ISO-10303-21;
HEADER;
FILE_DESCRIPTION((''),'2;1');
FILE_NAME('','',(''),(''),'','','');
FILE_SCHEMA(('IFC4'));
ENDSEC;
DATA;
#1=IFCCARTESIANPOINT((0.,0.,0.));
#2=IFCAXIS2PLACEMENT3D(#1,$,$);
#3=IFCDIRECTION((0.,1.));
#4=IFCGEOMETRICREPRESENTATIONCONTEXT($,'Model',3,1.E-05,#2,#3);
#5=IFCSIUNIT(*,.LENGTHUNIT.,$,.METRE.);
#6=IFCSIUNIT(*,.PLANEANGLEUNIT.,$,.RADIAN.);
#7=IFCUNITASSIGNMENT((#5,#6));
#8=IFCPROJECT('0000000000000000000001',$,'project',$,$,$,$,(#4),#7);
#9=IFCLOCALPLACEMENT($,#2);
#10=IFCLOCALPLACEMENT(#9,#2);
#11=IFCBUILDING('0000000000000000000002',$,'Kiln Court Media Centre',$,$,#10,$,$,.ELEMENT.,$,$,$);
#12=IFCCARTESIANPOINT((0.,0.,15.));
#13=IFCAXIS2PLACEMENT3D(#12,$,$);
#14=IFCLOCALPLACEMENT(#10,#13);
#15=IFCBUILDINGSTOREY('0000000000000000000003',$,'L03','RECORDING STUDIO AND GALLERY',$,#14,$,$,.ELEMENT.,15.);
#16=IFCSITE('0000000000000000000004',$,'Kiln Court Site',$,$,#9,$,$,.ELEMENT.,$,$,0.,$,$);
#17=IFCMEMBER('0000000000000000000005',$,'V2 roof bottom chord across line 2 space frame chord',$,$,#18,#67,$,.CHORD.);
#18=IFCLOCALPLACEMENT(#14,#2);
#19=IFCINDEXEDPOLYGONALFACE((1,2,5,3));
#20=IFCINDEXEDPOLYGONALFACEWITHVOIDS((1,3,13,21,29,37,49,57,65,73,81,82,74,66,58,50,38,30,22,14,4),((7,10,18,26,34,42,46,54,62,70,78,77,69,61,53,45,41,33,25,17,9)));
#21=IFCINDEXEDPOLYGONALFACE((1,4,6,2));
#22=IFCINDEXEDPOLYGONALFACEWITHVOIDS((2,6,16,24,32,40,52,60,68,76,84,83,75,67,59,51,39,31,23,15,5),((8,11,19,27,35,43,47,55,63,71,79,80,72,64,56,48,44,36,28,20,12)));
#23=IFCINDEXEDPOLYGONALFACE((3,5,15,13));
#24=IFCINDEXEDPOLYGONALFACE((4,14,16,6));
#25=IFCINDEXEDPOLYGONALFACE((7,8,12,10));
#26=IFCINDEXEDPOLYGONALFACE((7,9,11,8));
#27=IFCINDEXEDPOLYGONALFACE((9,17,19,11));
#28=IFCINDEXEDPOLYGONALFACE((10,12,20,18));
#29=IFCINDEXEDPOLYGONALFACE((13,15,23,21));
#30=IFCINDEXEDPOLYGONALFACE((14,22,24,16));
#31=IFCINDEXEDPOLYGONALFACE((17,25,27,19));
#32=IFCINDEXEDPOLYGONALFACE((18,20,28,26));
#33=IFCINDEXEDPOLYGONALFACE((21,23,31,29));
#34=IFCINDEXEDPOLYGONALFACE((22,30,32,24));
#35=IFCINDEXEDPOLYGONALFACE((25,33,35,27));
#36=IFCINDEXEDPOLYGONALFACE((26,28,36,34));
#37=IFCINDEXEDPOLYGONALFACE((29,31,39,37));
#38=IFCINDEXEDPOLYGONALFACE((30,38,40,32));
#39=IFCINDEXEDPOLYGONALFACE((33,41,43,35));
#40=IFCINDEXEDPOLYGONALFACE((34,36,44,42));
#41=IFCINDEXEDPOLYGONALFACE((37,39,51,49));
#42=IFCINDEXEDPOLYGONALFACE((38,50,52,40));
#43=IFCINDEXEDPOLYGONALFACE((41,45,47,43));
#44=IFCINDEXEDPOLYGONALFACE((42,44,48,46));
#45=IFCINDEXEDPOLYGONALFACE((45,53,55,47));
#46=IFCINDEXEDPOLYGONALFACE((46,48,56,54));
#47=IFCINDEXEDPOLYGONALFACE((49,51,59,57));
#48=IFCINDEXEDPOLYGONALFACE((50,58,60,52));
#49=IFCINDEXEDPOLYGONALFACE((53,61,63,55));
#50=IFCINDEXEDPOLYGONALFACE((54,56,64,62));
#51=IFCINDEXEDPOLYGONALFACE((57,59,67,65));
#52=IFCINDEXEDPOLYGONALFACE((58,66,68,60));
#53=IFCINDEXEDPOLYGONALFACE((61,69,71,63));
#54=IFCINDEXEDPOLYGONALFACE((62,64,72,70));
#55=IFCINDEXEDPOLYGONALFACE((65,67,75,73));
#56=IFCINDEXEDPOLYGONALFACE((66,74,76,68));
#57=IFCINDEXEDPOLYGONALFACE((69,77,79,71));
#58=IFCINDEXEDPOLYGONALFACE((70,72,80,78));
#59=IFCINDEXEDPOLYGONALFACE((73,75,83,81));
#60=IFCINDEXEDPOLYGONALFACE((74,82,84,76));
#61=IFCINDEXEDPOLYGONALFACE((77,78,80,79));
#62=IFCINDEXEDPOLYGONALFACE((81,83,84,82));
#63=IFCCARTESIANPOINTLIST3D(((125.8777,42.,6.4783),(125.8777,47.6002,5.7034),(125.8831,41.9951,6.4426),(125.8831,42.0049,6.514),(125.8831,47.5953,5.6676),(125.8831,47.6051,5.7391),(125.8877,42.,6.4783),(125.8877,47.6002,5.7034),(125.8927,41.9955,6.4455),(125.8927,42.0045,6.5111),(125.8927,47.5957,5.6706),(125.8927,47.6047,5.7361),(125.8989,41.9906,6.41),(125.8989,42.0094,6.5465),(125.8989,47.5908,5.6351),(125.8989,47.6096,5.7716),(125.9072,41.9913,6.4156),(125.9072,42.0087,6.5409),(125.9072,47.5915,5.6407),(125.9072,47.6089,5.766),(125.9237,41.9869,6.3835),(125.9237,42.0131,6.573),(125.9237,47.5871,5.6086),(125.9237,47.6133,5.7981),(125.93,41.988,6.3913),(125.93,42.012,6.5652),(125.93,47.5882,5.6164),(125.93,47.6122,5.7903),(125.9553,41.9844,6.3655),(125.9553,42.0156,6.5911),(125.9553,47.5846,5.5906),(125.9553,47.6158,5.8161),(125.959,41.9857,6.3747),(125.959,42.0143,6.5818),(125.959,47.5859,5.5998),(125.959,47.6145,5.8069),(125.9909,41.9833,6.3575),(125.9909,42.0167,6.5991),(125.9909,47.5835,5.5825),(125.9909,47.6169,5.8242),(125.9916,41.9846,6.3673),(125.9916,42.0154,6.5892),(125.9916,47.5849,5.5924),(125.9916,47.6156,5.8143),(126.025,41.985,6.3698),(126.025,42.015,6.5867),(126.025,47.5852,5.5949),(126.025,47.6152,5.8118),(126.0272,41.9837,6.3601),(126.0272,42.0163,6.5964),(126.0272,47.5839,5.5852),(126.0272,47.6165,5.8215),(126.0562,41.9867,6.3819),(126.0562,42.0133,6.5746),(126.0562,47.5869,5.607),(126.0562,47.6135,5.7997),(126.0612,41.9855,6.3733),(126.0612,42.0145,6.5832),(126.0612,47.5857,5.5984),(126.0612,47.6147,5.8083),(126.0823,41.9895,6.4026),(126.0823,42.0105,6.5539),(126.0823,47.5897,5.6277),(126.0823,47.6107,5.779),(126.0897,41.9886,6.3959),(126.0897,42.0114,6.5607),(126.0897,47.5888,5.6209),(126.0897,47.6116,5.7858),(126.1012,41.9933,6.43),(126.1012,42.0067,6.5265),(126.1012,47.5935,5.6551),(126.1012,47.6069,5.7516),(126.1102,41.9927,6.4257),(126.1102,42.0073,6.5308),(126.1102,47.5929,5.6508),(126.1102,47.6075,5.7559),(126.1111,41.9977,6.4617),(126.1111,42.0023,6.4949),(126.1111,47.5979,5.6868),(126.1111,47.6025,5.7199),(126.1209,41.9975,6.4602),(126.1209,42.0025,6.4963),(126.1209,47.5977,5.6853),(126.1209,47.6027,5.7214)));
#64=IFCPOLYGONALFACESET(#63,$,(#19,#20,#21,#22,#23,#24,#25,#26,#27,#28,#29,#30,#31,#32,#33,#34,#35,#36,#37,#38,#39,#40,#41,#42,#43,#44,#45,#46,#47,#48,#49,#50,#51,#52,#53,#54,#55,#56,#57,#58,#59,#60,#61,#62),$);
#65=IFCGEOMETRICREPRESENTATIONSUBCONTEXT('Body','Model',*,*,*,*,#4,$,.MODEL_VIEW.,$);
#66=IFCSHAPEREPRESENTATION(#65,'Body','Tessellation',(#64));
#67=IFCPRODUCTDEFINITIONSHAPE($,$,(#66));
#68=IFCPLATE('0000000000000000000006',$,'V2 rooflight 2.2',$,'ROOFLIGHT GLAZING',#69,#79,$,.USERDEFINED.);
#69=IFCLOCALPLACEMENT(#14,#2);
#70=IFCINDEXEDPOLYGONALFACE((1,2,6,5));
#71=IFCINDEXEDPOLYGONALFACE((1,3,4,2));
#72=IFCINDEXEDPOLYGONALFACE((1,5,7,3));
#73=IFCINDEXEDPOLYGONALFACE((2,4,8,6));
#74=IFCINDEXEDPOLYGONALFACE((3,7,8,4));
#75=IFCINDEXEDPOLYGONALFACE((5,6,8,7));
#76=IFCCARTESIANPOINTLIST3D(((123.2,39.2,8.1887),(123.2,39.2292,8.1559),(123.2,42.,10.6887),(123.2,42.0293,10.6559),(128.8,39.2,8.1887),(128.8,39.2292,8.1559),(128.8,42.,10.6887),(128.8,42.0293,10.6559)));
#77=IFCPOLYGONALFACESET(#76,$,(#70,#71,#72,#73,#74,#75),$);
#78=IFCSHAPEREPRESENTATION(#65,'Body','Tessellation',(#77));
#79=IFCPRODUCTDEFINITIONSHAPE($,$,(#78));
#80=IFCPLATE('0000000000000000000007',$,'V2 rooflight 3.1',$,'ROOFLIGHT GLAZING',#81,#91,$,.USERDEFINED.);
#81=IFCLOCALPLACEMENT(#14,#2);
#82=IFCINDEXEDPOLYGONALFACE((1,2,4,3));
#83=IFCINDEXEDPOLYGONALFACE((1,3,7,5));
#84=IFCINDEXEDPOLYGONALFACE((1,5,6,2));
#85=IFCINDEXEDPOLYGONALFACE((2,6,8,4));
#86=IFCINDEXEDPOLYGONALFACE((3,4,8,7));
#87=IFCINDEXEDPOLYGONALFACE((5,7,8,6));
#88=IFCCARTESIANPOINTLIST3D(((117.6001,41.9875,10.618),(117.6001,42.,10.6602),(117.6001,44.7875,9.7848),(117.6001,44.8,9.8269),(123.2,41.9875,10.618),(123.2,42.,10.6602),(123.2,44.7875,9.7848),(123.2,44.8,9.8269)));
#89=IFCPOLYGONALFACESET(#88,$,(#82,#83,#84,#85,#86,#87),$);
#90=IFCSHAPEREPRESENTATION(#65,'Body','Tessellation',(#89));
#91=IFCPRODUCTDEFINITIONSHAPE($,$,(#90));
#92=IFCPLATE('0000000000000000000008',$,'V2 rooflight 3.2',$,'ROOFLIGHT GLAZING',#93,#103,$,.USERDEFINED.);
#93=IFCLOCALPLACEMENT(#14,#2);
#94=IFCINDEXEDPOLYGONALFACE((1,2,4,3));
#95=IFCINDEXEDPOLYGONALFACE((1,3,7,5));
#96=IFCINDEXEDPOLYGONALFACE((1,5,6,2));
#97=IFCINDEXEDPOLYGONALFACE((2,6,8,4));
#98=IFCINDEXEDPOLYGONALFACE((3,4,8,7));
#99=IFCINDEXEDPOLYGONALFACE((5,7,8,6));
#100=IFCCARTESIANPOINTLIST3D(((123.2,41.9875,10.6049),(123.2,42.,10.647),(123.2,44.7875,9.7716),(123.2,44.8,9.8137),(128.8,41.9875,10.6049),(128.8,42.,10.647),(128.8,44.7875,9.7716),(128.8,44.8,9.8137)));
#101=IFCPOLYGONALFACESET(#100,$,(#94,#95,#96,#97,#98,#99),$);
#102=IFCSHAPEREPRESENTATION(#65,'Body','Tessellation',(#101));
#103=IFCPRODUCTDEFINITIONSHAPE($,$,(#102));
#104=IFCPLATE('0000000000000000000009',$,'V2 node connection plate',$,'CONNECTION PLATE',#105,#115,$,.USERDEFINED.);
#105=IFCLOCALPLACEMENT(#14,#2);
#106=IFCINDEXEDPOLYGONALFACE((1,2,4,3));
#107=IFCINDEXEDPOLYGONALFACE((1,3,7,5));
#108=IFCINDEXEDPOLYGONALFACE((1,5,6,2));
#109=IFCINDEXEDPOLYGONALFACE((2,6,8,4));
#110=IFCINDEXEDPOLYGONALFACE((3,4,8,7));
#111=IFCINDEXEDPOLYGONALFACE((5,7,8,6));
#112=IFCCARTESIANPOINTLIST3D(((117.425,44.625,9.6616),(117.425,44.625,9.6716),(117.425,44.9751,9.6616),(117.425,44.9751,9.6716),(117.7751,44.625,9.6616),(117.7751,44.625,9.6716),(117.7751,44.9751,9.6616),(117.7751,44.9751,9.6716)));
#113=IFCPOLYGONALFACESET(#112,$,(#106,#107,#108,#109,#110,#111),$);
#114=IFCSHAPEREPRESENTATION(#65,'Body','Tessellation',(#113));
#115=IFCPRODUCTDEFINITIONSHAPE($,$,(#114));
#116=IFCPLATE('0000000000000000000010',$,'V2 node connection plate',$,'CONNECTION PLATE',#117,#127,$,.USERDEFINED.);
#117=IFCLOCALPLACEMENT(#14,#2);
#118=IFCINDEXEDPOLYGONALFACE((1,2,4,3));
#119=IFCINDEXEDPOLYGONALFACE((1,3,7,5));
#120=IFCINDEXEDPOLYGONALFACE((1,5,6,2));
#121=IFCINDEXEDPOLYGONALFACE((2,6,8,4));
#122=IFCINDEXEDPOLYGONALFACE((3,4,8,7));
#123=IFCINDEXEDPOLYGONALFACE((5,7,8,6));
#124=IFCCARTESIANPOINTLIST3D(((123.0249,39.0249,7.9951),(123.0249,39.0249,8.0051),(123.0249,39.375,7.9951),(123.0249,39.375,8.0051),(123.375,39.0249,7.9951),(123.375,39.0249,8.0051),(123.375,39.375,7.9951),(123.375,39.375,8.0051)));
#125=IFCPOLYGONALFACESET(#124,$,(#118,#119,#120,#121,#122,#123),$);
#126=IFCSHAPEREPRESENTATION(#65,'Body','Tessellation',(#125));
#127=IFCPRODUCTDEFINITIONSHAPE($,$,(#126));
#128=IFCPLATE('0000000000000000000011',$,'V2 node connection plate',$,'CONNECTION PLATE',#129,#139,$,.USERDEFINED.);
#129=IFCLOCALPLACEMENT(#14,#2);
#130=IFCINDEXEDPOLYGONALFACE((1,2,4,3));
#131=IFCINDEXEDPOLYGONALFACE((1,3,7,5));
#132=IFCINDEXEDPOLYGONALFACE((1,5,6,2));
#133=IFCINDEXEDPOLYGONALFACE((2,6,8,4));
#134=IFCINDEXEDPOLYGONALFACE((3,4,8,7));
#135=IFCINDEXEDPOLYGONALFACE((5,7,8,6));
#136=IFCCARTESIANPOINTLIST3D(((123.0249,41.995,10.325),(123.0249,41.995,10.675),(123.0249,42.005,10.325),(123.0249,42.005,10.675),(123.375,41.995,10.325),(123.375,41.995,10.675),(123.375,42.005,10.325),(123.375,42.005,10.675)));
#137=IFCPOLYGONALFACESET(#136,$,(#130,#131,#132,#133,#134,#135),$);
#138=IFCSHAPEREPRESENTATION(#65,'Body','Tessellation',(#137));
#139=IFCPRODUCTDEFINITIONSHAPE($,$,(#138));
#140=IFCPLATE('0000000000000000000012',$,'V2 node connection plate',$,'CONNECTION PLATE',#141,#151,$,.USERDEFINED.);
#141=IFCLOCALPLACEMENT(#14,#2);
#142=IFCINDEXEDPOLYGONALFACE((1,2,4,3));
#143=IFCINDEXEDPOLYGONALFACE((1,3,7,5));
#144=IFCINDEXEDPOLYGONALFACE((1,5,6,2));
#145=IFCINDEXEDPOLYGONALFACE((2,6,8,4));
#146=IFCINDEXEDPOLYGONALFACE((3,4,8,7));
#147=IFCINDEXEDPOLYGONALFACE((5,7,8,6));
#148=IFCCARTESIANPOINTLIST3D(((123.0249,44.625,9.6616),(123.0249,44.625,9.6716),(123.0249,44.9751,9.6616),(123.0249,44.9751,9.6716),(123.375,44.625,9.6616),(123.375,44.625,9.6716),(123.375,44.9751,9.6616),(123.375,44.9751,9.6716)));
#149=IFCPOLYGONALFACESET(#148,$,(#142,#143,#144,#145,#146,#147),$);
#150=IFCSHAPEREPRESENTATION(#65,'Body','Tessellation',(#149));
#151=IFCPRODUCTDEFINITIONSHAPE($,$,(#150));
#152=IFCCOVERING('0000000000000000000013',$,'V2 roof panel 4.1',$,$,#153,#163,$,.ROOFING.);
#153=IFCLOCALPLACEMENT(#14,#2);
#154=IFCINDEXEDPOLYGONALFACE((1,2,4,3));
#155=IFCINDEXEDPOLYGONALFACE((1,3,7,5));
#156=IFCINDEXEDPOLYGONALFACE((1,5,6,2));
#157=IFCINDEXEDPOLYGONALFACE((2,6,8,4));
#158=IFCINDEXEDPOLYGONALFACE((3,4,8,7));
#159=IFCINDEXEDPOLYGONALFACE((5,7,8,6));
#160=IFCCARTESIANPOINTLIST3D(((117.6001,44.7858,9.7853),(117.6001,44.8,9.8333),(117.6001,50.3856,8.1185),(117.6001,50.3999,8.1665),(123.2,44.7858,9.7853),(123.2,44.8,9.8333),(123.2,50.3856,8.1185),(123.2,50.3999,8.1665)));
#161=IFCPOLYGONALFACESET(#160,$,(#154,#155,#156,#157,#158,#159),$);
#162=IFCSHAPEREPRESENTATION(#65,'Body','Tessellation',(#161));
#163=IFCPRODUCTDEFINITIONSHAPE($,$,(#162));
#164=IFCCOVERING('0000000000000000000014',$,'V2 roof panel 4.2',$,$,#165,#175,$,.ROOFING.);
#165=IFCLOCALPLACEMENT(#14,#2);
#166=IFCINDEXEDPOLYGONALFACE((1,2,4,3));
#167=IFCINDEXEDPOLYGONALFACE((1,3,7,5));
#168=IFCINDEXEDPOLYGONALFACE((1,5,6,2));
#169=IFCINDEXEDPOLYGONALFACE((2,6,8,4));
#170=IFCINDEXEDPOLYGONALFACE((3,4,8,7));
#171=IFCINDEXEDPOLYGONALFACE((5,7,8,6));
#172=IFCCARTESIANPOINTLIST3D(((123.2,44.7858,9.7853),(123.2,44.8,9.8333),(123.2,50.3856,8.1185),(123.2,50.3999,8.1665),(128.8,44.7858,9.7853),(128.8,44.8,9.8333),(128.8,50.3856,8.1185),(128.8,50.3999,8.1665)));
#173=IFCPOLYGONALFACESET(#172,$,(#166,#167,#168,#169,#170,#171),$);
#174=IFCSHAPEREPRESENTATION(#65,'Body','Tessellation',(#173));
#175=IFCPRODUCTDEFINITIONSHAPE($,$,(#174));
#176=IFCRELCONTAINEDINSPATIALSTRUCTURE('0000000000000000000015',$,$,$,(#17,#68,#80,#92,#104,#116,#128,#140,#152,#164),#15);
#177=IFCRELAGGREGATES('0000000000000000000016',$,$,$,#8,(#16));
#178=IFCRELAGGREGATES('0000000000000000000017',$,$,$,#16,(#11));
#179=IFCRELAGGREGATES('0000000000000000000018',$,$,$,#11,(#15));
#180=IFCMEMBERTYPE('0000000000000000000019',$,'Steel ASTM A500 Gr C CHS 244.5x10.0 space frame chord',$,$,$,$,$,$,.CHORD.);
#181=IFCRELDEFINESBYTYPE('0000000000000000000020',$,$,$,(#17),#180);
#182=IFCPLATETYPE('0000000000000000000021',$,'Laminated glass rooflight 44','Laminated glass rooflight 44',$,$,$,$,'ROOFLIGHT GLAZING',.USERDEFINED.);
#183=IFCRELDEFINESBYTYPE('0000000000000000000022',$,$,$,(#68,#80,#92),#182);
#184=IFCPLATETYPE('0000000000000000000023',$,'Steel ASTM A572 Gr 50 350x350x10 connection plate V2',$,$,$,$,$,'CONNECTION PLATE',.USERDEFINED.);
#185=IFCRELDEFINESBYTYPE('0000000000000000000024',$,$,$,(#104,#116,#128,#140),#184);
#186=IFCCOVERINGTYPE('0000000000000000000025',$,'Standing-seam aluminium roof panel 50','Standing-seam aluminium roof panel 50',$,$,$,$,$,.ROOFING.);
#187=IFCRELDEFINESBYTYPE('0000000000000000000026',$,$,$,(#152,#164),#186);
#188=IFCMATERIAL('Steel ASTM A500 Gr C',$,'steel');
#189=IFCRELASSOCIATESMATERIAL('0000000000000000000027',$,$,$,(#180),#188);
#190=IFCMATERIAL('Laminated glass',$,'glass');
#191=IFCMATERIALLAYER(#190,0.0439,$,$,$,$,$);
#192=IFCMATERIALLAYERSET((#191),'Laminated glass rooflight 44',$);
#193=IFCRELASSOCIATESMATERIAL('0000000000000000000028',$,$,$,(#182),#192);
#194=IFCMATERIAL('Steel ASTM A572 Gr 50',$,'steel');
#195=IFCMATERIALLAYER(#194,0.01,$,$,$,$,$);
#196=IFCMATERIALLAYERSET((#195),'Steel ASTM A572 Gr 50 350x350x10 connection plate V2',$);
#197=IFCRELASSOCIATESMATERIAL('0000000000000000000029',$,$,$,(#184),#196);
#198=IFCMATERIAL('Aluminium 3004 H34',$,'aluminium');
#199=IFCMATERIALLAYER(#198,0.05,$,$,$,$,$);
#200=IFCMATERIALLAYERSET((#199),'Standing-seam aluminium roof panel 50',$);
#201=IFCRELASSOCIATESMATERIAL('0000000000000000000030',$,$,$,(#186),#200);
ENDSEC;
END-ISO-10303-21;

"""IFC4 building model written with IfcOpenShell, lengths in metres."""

from ifc_helpers import new_model, si_unit, direction, frame, origin, origin_2d, place, context, subcontext, project, spatial, polyline, rectangle, hollow_circle, outline, extrude, material, layer, layer_set, material_profile, profile_set, type_object, element, save


model = new_model("IFC4")

# Units and contexts
model_context = context("Model", 3, precision=1e-05, world=origin(), true_north=direction((0.0, 1.0)))
body_context = subcontext(model_context, "Body", "Model", "MODEL_VIEW")
ifc_project = project(units=[si_unit("LENGTHUNIT", "METRE"), si_unit("PLANEANGLEUNIT", "RADIAN")], contexts=[model_context])

# Site, building, storey
site_placement = place(None, origin())
site = spatial("IfcSite", under=ifc_project, at=site_placement, Name="Kiln Court Site", CompositionType="ELEMENT", RefElevation=0.0)
building_placement = place(site_placement, origin())
building = spatial("IfcBuilding", under=site, at=building_placement, Name="Kiln Court Media Centre", CompositionType="ELEMENT")
storey_placement = place(building_placement, frame((0.0, 0.0, 15.0)))
storey = spatial("IfcBuildingStorey", under=building, at=storey_placement, Name="L03", Description="RECORDING STUDIO AND GALLERY", CompositionType="ELEMENT", Elevation=15.0)

# Member
ifc_material_1 = material(Name="Steel ASTM A500 Gr C", Category="steel")
ifc_material_profile_1 = material_profile(ifc_material_1, hollow_circle(Radius=0.1223, WallThickness=0.01, at=origin_2d()), Name="CHS 244.5x10.0")
ifc_profile_set_1 = profile_set([ifc_material_profile_1], Name="Steel ASTM A500 Gr C")
member_type_1 = type_object("IfcMemberType", Name="Steel ASTM A500 Gr C CHS 244.5x10.0 space frame chord", PredefinedType="CHORD", material=ifc_profile_set_1)
member_1_placement = place(storey_placement, frame((126.0, 42.0, 6.4783), z_axis=(0.0, 0.990562, -0.137067), x_axis=(-1.0, 0.0, 0.0)))
element("IfcMember", 1, at=member_1_placement, inside=storey, type_object=member_type_1, Name="V2 roof bottom chord across line 2 space frame chord", PredefinedType="CHORD", context=body_context, shape_type="SweptSolid", body=[
    extrude(hollow_circle(Radius=0.1223, WallThickness=0.01, at=origin_2d()), origin(), (0.0, 0.0, 1.0), 5.6536),
])

# Plates
ifc_material_2 = material(Name="Laminated glass", Category="glass")
ifc_layer_1 = layer(ifc_material_2, 0.0439)
ifc_layer_set_1 = layer_set([ifc_layer_1], Name="Laminated glass rooflight 44")
plate_type_1 = type_object("IfcPlateType", Name="Laminated glass rooflight 44", Description="Laminated glass rooflight 44", ElementType="ROOFLIGHT GLAZING", PredefinedType="USERDEFINED", material=ifc_layer_set_1)
plate_1_placement = place(storey_placement, frame((123.2, 39.2, 8.1887), z_axis=(0.0, -0.666009, 0.745943), x_axis=(0.0, 0.745943, 0.666009)))
element("IfcPlate", 2, at=plate_1_placement, inside=storey, type_object=plate_type_1, Name="V2 rooflight 2.2", ObjectType="ROOFLIGHT GLAZING", PredefinedType="USERDEFINED", context=body_context, shape_type="SweptSolid", body=[
    extrude(outline(polyline([(0.0, 0.0), (3.7537, 0.0), (3.7537, -5.6001), (0.0, -5.6001), (0.0, 0.0)])), origin(), (0.0, 0.0, -1.0), 0.0439),
])
plate_2_placement = place(storey_placement, frame((117.6001, 42.0, 10.6602), z_axis=(0.0, 0.285223, 0.958461), x_axis=(0.0, 0.958461, -0.285223)))
element("IfcPlate", 3, at=plate_2_placement, inside=storey, type_object=plate_type_1, Name="V2 rooflight 3.1", ObjectType="ROOFLIGHT GLAZING", PredefinedType="USERDEFINED", context=body_context, shape_type="SweptSolid", body=[
    extrude(outline(polyline([(0.0, 0.0), (2.9214, 0.0), (2.9214, -5.5999), (0.0, -5.5999), (0.0, 0.0)])), origin(), (0.0, 0.0, -1.0), 0.0439),
])
plate_3_placement = place(storey_placement, frame((123.2, 42.0, 10.647), z_axis=(0.0, 0.285223, 0.958461), x_axis=(0.0, 0.958461, -0.285223)))
element("IfcPlate", 4, at=plate_3_placement, inside=storey, type_object=plate_type_1, Name="V2 rooflight 3.2", ObjectType="ROOFLIGHT GLAZING", PredefinedType="USERDEFINED", context=body_context, shape_type="SweptSolid", body=[
    extrude(outline(polyline([(0.0, 0.0), (2.9214, 0.0), (2.9214, -5.6001), (0.0, -5.6001), (0.0, 0.0)])), origin(), (0.0, 0.0, -1.0), 0.0439),
])
ifc_material_3 = material(Name="Steel ASTM A572 Gr 50", Category="steel")
ifc_layer_2 = layer(ifc_material_3, 0.01)
ifc_layer_set_2 = layer_set([ifc_layer_2], Name="Steel ASTM A572 Gr 50 350x350x10 connection plate V2")
plate_type_2 = type_object("IfcPlateType", Name="Steel ASTM A572 Gr 50 350x350x10 connection plate V2", ElementType="CONNECTION PLATE", PredefinedType="USERDEFINED", material=ifc_layer_set_2)
for number, where, z_axis, x_axis, name in (
    (5, (117.6001, 44.8, 9.6616), (0.0, 0.0, 1.0), (1.0, 0.0, 0.0), "V2 node connection plate"),
    (6, (123.2, 39.2, 7.9951), (0.0, 0.0, 1.0), (1.0, 0.0, 0.0), "V2 node connection plate"),
):
    element("IfcPlate", number, at=place(storey_placement, frame(where, z_axis=z_axis, x_axis=x_axis)), inside=storey, type_object=plate_type_2, Name=name, ObjectType="CONNECTION PLATE", PredefinedType="USERDEFINED", context=body_context, shape_type="SweptSolid", body=[
        extrude(rectangle(XDim=0.3501, YDim=0.3501, at=origin_2d()), origin(), (0.0, 0.0, 1.0), 0.01),
    ])
plate_4_placement = place(storey_placement, frame((123.2, 42.0, 10.325), z_axis=(0.0, 0.0, 1.0), x_axis=(1.0, 0.0, 0.0)))
element("IfcPlate", 7, at=plate_4_placement, inside=storey, type_object=plate_type_2, Name="V2 node connection plate", ObjectType="CONNECTION PLATE", PredefinedType="USERDEFINED", context=body_context, shape_type="SweptSolid", body=[
    extrude(rectangle(XDim=0.3501, YDim=0.01, at=origin_2d()), origin(), (0.0, 0.0, 1.0), 0.3501),
])
plate_5_placement = place(storey_placement, frame((123.2, 44.8, 9.6616), z_axis=(0.0, 0.0, 1.0), x_axis=(1.0, 0.0, 0.0)))
element("IfcPlate", 8, at=plate_5_placement, inside=storey, type_object=plate_type_2, Name="V2 node connection plate", ObjectType="CONNECTION PLATE", PredefinedType="USERDEFINED", context=body_context, shape_type="SweptSolid", body=[
    extrude(rectangle(XDim=0.3501, YDim=0.3501, at=origin_2d()), origin(), (0.0, 0.0, 1.0), 0.01),
])

# Coverings
ifc_material_4 = material(Name="Aluminium 3004 H34", Category="aluminium")
ifc_layer_3 = layer(ifc_material_4, 0.05)
ifc_layer_set_3 = layer_set([ifc_layer_3], Name="Standing-seam aluminium roof panel 50")
covering_type = type_object("IfcCoveringType", Name="Standing-seam aluminium roof panel 50", Description="Standing-seam aluminium roof panel 50", PredefinedType="ROOFING", material=ifc_layer_set_3)
covering_1_placement = place(storey_placement, frame((117.6001, 44.8, 9.8333), z_axis=(0.0, 0.285273, 0.958446), x_axis=(0.0, 0.958446, -0.285273)))
element("IfcCovering", 9, at=covering_1_placement, inside=storey, type_object=covering_type, Name="V2 roof panel 4.1", PredefinedType="ROOFING", context=body_context, shape_type="SweptSolid", body=[
    extrude(outline(polyline([(0.0, 0.0), (5.8426, 0.0), (5.8426, -5.5999), (0.0, -5.5999), (0.0, 0.0)])), origin(), (0.0, 0.0, -1.0), 0.05),
])
covering_2_placement = place(storey_placement, frame((123.2, 44.8, 9.8333), z_axis=(0.0, 0.285273, 0.958446), x_axis=(0.0, 0.958446, -0.285273)))
element("IfcCovering", 10, at=covering_2_placement, inside=storey, type_object=covering_type, Name="V2 roof panel 4.2", PredefinedType="ROOFING", context=body_context, shape_type="SweptSolid", body=[
    extrude(outline(polyline([(0.0, 0.0), (5.8426, 0.0), (5.8426, -5.6001), (0.0, -5.6001), (0.0, 0.0)])), origin(), (0.0, 0.0, -1.0), 0.05),
])

save(model, "model.ifc")
